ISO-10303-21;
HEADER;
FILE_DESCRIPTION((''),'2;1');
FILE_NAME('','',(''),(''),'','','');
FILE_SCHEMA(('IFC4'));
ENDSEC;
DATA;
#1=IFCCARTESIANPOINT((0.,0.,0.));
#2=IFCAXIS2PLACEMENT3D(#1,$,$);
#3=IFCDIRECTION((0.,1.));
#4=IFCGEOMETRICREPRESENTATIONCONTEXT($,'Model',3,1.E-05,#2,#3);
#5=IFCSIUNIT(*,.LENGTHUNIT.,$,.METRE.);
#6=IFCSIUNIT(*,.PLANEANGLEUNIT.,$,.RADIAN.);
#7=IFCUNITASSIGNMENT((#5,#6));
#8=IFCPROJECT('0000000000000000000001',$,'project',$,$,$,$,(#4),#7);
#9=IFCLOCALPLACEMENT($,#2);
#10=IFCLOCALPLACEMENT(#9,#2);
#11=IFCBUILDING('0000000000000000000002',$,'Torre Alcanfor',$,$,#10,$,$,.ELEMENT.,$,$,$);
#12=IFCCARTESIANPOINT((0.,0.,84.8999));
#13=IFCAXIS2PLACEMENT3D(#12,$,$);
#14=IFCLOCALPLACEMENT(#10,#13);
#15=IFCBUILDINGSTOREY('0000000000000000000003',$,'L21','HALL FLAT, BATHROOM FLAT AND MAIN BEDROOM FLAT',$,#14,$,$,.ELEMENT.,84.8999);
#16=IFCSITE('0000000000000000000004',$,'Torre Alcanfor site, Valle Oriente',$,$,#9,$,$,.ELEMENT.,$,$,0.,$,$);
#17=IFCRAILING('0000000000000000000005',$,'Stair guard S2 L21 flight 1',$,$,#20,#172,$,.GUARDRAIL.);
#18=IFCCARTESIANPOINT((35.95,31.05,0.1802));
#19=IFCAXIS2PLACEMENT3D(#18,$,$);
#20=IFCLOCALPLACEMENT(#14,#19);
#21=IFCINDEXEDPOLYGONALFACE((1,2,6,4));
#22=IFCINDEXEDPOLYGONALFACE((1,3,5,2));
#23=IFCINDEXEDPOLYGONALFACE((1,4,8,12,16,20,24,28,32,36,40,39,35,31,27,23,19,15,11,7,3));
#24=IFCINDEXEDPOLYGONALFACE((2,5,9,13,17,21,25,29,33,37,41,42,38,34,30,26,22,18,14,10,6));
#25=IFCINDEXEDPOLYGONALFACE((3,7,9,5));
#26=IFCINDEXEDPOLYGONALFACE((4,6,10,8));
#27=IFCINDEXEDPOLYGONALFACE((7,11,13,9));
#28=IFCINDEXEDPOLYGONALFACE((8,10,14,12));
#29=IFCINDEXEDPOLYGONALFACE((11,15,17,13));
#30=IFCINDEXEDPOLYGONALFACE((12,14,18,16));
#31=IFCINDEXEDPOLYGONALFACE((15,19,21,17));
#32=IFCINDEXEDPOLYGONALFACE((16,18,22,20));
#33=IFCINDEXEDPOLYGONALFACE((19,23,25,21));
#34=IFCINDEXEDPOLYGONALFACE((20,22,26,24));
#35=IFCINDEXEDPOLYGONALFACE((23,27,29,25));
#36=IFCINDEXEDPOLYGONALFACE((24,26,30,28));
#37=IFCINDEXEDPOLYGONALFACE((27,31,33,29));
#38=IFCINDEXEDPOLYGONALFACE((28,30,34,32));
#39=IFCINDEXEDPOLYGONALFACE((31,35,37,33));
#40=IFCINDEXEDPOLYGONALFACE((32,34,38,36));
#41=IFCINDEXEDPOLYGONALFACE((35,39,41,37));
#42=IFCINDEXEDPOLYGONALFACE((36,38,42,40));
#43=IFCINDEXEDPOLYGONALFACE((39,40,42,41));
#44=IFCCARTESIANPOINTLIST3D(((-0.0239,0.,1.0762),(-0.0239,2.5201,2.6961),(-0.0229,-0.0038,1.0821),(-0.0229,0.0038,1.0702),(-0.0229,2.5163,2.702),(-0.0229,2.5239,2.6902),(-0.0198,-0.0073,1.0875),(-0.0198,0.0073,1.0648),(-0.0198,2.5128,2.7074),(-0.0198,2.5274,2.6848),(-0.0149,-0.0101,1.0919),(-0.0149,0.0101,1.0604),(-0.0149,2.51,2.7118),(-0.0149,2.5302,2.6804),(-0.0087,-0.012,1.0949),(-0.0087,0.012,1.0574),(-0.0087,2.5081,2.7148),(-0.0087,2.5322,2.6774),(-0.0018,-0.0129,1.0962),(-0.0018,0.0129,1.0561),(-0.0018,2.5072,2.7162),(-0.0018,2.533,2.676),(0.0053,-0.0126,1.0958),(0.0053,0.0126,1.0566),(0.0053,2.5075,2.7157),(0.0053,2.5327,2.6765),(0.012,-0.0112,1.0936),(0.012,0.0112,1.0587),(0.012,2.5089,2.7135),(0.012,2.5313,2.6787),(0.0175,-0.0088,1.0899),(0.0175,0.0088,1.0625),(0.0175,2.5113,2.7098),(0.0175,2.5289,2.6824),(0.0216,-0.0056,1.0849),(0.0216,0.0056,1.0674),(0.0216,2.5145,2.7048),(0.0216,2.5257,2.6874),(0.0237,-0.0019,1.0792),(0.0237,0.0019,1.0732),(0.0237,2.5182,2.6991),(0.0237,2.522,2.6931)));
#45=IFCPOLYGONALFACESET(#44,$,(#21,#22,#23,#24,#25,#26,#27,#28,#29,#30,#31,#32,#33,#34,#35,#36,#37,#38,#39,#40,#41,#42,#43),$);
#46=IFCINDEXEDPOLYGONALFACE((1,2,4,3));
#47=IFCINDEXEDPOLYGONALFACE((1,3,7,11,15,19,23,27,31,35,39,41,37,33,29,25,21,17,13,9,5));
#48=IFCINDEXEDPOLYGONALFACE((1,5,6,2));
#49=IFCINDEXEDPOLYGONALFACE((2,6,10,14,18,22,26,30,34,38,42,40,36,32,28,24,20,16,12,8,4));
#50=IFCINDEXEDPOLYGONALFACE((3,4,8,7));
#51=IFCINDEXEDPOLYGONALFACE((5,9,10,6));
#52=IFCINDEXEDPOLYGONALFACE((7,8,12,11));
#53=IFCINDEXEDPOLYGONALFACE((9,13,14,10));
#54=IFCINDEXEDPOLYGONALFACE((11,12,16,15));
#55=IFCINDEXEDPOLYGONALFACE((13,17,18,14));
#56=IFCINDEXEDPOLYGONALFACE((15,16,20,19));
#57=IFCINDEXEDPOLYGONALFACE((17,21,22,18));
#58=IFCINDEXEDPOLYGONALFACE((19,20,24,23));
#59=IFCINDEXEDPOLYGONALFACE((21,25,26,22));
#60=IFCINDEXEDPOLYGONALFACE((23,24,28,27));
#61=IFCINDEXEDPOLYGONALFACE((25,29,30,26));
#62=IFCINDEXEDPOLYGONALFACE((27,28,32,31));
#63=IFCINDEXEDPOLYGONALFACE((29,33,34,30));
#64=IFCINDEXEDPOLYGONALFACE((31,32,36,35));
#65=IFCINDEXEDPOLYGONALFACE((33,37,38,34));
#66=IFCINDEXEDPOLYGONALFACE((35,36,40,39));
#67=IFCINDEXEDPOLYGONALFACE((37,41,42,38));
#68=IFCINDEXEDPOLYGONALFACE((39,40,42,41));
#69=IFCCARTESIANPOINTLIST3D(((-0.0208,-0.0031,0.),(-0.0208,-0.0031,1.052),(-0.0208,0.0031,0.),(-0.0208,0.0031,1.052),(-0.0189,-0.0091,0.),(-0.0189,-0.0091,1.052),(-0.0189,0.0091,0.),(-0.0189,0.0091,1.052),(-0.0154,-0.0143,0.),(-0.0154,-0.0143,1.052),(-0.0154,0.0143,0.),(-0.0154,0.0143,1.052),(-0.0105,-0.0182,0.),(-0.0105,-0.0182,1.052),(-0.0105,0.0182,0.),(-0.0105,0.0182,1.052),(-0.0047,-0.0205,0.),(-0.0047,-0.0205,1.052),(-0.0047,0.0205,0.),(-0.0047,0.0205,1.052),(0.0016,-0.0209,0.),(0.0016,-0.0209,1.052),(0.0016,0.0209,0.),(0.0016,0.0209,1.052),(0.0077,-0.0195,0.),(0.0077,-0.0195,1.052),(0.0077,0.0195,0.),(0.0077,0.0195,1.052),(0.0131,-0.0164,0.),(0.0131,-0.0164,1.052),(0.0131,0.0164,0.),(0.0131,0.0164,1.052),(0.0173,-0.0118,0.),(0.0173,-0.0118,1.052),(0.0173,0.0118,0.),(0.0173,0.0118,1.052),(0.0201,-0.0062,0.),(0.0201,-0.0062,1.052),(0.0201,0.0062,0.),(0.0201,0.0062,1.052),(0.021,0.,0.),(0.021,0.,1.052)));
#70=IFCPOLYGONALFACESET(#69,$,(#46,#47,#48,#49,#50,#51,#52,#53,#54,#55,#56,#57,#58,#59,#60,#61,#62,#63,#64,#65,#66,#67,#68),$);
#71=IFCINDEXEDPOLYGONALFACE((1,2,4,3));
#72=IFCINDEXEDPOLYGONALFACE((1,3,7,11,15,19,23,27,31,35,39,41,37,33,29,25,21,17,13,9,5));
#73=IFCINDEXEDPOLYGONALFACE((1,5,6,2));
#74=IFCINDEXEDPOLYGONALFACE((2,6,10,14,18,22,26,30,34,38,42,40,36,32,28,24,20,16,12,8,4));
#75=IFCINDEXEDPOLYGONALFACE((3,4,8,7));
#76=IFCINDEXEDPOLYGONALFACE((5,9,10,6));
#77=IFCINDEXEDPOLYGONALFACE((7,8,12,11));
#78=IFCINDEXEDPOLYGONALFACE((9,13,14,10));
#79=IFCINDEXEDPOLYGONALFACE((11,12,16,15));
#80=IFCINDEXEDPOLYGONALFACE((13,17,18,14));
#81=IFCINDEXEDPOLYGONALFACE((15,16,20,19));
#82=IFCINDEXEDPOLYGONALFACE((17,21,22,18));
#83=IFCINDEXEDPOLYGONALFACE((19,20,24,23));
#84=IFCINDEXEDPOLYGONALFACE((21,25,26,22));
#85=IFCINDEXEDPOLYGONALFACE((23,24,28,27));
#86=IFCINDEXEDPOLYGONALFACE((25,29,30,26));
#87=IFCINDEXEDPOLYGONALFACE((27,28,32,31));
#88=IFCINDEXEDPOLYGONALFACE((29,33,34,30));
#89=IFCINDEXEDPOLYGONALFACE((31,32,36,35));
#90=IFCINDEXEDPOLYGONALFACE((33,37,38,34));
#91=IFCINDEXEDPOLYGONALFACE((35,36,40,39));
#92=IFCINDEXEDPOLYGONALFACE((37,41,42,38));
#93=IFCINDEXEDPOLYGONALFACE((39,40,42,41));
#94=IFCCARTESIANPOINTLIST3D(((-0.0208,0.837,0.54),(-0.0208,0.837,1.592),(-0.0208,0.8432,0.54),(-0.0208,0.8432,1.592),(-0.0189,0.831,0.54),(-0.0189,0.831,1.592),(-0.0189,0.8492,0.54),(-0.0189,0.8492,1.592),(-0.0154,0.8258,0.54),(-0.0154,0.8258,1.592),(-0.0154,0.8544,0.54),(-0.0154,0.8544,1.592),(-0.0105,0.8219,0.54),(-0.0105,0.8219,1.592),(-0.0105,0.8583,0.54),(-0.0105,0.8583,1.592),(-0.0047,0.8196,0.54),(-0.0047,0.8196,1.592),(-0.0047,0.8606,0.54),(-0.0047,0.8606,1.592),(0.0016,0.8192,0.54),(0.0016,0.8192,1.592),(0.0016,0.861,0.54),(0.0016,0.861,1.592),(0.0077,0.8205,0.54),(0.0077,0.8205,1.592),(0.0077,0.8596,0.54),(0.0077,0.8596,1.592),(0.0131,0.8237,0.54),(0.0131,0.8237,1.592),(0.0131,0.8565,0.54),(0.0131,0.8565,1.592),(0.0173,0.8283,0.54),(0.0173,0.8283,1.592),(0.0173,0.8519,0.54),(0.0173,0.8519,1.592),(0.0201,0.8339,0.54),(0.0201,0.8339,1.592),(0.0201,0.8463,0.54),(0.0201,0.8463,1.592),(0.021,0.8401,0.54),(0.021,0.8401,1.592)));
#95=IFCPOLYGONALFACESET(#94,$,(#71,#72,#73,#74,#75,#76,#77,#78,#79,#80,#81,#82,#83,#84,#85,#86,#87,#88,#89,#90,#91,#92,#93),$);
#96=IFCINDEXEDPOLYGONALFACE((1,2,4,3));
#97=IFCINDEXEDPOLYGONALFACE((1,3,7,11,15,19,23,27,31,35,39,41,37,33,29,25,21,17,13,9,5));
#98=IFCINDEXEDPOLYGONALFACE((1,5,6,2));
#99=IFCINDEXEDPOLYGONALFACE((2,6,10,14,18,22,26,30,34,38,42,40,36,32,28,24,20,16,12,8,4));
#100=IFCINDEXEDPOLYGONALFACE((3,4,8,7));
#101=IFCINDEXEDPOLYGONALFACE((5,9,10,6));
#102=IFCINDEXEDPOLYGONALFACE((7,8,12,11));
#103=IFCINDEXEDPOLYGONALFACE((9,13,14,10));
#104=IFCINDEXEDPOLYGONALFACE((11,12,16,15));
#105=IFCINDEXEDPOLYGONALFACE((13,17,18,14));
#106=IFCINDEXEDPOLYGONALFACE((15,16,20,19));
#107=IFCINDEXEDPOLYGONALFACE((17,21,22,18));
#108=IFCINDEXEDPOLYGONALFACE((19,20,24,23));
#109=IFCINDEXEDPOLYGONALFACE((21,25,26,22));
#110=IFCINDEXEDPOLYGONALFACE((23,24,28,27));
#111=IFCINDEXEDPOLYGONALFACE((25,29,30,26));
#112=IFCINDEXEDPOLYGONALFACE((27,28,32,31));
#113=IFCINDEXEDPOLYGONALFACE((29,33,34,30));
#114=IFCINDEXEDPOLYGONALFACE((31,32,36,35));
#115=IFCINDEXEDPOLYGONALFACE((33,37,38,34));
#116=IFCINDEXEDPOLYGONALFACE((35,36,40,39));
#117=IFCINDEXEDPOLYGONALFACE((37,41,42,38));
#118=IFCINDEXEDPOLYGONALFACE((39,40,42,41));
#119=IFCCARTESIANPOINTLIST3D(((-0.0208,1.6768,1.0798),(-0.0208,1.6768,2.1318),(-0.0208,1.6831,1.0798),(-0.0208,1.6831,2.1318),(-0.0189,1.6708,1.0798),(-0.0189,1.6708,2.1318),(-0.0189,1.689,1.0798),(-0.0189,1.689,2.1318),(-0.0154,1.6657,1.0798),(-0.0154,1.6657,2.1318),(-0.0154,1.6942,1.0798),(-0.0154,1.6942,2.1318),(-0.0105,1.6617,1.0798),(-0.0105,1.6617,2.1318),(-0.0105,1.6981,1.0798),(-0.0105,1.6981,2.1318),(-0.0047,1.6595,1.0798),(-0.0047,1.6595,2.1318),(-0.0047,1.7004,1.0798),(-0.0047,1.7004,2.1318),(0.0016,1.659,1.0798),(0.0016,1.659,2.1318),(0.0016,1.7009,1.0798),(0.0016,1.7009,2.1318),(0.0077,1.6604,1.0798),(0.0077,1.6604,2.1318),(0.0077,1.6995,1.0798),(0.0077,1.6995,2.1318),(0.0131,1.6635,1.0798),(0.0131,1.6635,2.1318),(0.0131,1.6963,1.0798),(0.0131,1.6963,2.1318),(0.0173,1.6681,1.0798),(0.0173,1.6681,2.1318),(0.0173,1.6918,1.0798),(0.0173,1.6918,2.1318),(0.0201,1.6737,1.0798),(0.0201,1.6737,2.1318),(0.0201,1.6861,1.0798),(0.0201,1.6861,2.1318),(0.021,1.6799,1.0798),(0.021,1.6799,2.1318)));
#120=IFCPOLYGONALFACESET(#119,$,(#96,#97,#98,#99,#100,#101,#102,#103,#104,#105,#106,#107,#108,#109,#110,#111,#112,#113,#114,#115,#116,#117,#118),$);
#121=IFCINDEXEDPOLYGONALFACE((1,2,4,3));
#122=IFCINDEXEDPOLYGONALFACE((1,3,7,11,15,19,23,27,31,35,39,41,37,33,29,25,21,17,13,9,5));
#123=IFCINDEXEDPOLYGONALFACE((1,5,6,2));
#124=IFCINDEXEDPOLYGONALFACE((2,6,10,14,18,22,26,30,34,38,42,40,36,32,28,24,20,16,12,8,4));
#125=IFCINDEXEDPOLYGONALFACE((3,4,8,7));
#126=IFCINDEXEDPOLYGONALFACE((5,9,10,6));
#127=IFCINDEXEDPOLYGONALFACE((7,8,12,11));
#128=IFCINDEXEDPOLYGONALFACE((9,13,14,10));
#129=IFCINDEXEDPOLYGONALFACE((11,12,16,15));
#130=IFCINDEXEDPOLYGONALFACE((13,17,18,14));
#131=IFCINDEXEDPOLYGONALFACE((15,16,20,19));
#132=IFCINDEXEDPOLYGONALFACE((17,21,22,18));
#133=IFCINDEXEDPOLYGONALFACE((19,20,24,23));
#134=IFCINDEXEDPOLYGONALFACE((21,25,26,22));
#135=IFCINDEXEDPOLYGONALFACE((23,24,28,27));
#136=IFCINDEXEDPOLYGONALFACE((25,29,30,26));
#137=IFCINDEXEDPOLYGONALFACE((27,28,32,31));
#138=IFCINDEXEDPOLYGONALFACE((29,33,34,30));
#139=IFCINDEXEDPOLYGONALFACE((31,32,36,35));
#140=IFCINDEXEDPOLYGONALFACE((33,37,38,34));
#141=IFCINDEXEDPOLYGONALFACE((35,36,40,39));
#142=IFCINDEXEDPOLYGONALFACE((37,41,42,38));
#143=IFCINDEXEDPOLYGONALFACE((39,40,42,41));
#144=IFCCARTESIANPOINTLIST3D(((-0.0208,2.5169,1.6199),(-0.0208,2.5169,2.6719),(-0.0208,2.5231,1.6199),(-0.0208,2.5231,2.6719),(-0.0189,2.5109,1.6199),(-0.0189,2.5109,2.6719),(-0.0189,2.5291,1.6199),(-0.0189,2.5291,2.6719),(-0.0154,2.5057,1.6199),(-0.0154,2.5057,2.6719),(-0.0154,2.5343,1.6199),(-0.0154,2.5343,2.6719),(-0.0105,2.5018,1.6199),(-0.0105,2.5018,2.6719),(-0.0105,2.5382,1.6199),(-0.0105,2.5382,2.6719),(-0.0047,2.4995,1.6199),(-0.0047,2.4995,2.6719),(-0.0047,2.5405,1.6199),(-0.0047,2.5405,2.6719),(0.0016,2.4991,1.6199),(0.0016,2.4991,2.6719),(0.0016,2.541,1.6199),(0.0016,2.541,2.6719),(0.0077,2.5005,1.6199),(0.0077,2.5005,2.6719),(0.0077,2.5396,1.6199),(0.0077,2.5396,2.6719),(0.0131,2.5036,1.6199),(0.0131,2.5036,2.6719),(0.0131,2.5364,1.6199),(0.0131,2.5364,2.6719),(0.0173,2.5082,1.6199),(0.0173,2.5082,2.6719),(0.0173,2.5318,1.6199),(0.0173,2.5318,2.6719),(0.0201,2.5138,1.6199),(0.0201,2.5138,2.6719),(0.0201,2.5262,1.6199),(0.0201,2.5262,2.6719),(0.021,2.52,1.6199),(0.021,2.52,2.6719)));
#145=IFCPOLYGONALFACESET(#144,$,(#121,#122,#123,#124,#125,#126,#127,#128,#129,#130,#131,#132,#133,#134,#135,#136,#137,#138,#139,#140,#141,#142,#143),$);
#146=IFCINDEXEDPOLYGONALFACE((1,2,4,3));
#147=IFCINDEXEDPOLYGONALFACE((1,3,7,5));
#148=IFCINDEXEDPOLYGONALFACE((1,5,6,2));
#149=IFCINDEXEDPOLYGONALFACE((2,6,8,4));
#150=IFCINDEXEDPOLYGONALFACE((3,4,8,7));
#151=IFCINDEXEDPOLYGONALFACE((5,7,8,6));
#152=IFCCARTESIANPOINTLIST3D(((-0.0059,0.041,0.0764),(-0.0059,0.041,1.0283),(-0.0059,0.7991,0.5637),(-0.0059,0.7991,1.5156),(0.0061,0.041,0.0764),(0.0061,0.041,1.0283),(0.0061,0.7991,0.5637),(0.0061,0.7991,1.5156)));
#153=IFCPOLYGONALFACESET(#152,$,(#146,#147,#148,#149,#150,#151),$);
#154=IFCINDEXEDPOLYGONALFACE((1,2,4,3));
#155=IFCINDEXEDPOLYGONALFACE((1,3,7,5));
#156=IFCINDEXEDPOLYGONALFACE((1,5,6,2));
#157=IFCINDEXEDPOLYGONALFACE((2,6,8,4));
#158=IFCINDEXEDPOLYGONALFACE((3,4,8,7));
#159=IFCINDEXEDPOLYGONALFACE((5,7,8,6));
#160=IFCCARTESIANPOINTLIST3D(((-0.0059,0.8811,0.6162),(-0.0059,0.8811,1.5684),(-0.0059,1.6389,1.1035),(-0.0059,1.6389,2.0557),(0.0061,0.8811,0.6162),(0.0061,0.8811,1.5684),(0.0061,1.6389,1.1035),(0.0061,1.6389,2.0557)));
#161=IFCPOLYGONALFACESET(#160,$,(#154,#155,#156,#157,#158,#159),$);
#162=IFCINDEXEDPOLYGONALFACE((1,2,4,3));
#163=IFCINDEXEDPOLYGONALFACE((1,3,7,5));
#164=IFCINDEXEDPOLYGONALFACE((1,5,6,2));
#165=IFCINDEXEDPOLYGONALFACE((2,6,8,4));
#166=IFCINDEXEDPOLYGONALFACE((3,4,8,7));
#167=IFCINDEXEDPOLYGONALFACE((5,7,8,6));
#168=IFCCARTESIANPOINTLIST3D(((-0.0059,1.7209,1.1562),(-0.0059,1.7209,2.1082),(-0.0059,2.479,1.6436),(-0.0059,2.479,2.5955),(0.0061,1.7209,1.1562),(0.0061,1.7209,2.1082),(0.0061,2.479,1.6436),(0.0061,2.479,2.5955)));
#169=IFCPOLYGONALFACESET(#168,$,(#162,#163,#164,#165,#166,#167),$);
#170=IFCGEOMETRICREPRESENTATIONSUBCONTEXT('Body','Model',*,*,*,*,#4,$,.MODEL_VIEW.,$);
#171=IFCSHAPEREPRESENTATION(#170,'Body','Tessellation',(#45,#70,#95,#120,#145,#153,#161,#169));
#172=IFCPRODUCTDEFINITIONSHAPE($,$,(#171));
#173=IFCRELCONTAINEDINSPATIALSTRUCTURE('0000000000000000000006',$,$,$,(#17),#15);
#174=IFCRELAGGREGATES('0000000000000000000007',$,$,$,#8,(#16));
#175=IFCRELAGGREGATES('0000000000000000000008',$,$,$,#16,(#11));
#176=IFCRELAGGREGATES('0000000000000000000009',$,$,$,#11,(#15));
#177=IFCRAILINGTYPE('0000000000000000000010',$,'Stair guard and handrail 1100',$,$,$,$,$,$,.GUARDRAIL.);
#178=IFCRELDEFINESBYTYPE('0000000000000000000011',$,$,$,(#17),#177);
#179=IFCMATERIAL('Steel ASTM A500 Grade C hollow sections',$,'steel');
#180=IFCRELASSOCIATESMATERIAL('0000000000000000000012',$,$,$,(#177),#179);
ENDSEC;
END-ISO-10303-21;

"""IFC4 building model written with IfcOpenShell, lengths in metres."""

from ifc_helpers import new_model, si_unit, direction, frame, origin, origin_2d, place, context, subcontext, project, spatial, polyline, circle, outline, extrude, material, type_object, element, save


model = new_model("IFC4")

# Units and contexts
model_context = context("Model", 3, precision=1e-05, world=origin(), true_north=direction((0.0, 1.0)))
body_context = subcontext(model_context, "Body", "Model", "MODEL_VIEW")
ifc_project = project(units=[si_unit("LENGTHUNIT", "METRE"), si_unit("PLANEANGLEUNIT", "RADIAN")], contexts=[model_context])

# Site, building, storey
site_placement = place(None, origin())
site = spatial("IfcSite", under=ifc_project, at=site_placement, Name="Torre Alcanfor site, Valle Oriente", CompositionType="ELEMENT", RefElevation=0.0)
building_placement = place(site_placement, origin())
building = spatial("IfcBuilding", under=site, at=building_placement, Name="Torre Alcanfor", CompositionType="ELEMENT")
storey_placement = place(building_placement, frame((0.0, 0.0, 84.8999)))
storey = spatial("IfcBuildingStorey", under=building, at=storey_placement, Name="L21", Description="HALL FLAT, BATHROOM FLAT AND MAIN BEDROOM FLAT", CompositionType="ELEMENT", Elevation=84.8999)

# Railing
ifc_material_1 = material(Name="Steel ASTM A500 Grade C hollow sections", Category="steel")
railing_type_1 = type_object("IfcRailingType", Name="Stair guard and handrail 1100", PredefinedType="GUARDRAIL", material=ifc_material_1)
railing_1_placement = place(storey_placement, frame((35.95, 31.05, 0.1802)))
element("IfcRailing", 1, at=railing_1_placement, inside=storey, type_object=railing_type_1, Name="Stair guard S2 L21 flight 1", PredefinedType="GUARDRAIL", context=body_context, shape_type="SweptSolid", body=[
    extrude(circle(Radius=0.0239, at=origin_2d()), frame((0.0, 0.0, 1.0762), z_axis=(0.0, 0.8412, 0.540725), x_axis=(-1.0, 0.0, 0.0)), (0.0, 0.0, 1.0), 2.9958),
    extrude(circle(Radius=0.021, at=origin_2d()), origin(), (0.0, 0.0, 1.0), 1.052),
    extrude(circle(Radius=0.021, at=origin_2d()), frame((0.0, 0.8401, 0.54)), (0.0, 0.0, 1.0), 1.052),
    extrude(circle(Radius=0.021, at=origin_2d()), frame((0.0, 1.6799, 1.0798)), (0.0, 0.0, 1.0), 1.052),
    extrude(circle(Radius=0.021, at=origin_2d()), frame((0.0, 2.52, 1.6199)), (0.0, 0.0, 1.0), 1.052),
    extrude(outline(polyline([(0.041, 0.0764), (0.7991, 0.5637), (0.7991, 1.5156), (0.041, 1.0283), (0.041, 0.0764)])), frame((-0.0059, 0.0, 0.0), z_axis=(1.0, 0.0, 0.0), x_axis=(0.0, 1.0, 0.0)), (0.0, 0.0, 1.0), 0.012),
    extrude(outline(polyline([(0.8811, 0.6162), (1.6389, 1.1035), (1.6389, 2.0557), (0.8811, 1.5684), (0.8811, 0.6162)])), frame((-0.0059, 0.0, 0.0), z_axis=(1.0, 0.0, 0.0), x_axis=(0.0, 1.0, 0.0)), (0.0, 0.0, 1.0), 0.012),
    extrude(outline(polyline([(1.7209, 1.1562), (2.479, 1.6436), (2.479, 2.5955), (1.7209, 2.1082), (1.7209, 1.1562)])), frame((-0.0059, 0.0, 0.0), z_axis=(1.0, 0.0, 0.0), x_axis=(0.0, 1.0, 0.0)), (0.0, 0.0, 1.0), 0.012),
])

save(model, "model.ifc")
